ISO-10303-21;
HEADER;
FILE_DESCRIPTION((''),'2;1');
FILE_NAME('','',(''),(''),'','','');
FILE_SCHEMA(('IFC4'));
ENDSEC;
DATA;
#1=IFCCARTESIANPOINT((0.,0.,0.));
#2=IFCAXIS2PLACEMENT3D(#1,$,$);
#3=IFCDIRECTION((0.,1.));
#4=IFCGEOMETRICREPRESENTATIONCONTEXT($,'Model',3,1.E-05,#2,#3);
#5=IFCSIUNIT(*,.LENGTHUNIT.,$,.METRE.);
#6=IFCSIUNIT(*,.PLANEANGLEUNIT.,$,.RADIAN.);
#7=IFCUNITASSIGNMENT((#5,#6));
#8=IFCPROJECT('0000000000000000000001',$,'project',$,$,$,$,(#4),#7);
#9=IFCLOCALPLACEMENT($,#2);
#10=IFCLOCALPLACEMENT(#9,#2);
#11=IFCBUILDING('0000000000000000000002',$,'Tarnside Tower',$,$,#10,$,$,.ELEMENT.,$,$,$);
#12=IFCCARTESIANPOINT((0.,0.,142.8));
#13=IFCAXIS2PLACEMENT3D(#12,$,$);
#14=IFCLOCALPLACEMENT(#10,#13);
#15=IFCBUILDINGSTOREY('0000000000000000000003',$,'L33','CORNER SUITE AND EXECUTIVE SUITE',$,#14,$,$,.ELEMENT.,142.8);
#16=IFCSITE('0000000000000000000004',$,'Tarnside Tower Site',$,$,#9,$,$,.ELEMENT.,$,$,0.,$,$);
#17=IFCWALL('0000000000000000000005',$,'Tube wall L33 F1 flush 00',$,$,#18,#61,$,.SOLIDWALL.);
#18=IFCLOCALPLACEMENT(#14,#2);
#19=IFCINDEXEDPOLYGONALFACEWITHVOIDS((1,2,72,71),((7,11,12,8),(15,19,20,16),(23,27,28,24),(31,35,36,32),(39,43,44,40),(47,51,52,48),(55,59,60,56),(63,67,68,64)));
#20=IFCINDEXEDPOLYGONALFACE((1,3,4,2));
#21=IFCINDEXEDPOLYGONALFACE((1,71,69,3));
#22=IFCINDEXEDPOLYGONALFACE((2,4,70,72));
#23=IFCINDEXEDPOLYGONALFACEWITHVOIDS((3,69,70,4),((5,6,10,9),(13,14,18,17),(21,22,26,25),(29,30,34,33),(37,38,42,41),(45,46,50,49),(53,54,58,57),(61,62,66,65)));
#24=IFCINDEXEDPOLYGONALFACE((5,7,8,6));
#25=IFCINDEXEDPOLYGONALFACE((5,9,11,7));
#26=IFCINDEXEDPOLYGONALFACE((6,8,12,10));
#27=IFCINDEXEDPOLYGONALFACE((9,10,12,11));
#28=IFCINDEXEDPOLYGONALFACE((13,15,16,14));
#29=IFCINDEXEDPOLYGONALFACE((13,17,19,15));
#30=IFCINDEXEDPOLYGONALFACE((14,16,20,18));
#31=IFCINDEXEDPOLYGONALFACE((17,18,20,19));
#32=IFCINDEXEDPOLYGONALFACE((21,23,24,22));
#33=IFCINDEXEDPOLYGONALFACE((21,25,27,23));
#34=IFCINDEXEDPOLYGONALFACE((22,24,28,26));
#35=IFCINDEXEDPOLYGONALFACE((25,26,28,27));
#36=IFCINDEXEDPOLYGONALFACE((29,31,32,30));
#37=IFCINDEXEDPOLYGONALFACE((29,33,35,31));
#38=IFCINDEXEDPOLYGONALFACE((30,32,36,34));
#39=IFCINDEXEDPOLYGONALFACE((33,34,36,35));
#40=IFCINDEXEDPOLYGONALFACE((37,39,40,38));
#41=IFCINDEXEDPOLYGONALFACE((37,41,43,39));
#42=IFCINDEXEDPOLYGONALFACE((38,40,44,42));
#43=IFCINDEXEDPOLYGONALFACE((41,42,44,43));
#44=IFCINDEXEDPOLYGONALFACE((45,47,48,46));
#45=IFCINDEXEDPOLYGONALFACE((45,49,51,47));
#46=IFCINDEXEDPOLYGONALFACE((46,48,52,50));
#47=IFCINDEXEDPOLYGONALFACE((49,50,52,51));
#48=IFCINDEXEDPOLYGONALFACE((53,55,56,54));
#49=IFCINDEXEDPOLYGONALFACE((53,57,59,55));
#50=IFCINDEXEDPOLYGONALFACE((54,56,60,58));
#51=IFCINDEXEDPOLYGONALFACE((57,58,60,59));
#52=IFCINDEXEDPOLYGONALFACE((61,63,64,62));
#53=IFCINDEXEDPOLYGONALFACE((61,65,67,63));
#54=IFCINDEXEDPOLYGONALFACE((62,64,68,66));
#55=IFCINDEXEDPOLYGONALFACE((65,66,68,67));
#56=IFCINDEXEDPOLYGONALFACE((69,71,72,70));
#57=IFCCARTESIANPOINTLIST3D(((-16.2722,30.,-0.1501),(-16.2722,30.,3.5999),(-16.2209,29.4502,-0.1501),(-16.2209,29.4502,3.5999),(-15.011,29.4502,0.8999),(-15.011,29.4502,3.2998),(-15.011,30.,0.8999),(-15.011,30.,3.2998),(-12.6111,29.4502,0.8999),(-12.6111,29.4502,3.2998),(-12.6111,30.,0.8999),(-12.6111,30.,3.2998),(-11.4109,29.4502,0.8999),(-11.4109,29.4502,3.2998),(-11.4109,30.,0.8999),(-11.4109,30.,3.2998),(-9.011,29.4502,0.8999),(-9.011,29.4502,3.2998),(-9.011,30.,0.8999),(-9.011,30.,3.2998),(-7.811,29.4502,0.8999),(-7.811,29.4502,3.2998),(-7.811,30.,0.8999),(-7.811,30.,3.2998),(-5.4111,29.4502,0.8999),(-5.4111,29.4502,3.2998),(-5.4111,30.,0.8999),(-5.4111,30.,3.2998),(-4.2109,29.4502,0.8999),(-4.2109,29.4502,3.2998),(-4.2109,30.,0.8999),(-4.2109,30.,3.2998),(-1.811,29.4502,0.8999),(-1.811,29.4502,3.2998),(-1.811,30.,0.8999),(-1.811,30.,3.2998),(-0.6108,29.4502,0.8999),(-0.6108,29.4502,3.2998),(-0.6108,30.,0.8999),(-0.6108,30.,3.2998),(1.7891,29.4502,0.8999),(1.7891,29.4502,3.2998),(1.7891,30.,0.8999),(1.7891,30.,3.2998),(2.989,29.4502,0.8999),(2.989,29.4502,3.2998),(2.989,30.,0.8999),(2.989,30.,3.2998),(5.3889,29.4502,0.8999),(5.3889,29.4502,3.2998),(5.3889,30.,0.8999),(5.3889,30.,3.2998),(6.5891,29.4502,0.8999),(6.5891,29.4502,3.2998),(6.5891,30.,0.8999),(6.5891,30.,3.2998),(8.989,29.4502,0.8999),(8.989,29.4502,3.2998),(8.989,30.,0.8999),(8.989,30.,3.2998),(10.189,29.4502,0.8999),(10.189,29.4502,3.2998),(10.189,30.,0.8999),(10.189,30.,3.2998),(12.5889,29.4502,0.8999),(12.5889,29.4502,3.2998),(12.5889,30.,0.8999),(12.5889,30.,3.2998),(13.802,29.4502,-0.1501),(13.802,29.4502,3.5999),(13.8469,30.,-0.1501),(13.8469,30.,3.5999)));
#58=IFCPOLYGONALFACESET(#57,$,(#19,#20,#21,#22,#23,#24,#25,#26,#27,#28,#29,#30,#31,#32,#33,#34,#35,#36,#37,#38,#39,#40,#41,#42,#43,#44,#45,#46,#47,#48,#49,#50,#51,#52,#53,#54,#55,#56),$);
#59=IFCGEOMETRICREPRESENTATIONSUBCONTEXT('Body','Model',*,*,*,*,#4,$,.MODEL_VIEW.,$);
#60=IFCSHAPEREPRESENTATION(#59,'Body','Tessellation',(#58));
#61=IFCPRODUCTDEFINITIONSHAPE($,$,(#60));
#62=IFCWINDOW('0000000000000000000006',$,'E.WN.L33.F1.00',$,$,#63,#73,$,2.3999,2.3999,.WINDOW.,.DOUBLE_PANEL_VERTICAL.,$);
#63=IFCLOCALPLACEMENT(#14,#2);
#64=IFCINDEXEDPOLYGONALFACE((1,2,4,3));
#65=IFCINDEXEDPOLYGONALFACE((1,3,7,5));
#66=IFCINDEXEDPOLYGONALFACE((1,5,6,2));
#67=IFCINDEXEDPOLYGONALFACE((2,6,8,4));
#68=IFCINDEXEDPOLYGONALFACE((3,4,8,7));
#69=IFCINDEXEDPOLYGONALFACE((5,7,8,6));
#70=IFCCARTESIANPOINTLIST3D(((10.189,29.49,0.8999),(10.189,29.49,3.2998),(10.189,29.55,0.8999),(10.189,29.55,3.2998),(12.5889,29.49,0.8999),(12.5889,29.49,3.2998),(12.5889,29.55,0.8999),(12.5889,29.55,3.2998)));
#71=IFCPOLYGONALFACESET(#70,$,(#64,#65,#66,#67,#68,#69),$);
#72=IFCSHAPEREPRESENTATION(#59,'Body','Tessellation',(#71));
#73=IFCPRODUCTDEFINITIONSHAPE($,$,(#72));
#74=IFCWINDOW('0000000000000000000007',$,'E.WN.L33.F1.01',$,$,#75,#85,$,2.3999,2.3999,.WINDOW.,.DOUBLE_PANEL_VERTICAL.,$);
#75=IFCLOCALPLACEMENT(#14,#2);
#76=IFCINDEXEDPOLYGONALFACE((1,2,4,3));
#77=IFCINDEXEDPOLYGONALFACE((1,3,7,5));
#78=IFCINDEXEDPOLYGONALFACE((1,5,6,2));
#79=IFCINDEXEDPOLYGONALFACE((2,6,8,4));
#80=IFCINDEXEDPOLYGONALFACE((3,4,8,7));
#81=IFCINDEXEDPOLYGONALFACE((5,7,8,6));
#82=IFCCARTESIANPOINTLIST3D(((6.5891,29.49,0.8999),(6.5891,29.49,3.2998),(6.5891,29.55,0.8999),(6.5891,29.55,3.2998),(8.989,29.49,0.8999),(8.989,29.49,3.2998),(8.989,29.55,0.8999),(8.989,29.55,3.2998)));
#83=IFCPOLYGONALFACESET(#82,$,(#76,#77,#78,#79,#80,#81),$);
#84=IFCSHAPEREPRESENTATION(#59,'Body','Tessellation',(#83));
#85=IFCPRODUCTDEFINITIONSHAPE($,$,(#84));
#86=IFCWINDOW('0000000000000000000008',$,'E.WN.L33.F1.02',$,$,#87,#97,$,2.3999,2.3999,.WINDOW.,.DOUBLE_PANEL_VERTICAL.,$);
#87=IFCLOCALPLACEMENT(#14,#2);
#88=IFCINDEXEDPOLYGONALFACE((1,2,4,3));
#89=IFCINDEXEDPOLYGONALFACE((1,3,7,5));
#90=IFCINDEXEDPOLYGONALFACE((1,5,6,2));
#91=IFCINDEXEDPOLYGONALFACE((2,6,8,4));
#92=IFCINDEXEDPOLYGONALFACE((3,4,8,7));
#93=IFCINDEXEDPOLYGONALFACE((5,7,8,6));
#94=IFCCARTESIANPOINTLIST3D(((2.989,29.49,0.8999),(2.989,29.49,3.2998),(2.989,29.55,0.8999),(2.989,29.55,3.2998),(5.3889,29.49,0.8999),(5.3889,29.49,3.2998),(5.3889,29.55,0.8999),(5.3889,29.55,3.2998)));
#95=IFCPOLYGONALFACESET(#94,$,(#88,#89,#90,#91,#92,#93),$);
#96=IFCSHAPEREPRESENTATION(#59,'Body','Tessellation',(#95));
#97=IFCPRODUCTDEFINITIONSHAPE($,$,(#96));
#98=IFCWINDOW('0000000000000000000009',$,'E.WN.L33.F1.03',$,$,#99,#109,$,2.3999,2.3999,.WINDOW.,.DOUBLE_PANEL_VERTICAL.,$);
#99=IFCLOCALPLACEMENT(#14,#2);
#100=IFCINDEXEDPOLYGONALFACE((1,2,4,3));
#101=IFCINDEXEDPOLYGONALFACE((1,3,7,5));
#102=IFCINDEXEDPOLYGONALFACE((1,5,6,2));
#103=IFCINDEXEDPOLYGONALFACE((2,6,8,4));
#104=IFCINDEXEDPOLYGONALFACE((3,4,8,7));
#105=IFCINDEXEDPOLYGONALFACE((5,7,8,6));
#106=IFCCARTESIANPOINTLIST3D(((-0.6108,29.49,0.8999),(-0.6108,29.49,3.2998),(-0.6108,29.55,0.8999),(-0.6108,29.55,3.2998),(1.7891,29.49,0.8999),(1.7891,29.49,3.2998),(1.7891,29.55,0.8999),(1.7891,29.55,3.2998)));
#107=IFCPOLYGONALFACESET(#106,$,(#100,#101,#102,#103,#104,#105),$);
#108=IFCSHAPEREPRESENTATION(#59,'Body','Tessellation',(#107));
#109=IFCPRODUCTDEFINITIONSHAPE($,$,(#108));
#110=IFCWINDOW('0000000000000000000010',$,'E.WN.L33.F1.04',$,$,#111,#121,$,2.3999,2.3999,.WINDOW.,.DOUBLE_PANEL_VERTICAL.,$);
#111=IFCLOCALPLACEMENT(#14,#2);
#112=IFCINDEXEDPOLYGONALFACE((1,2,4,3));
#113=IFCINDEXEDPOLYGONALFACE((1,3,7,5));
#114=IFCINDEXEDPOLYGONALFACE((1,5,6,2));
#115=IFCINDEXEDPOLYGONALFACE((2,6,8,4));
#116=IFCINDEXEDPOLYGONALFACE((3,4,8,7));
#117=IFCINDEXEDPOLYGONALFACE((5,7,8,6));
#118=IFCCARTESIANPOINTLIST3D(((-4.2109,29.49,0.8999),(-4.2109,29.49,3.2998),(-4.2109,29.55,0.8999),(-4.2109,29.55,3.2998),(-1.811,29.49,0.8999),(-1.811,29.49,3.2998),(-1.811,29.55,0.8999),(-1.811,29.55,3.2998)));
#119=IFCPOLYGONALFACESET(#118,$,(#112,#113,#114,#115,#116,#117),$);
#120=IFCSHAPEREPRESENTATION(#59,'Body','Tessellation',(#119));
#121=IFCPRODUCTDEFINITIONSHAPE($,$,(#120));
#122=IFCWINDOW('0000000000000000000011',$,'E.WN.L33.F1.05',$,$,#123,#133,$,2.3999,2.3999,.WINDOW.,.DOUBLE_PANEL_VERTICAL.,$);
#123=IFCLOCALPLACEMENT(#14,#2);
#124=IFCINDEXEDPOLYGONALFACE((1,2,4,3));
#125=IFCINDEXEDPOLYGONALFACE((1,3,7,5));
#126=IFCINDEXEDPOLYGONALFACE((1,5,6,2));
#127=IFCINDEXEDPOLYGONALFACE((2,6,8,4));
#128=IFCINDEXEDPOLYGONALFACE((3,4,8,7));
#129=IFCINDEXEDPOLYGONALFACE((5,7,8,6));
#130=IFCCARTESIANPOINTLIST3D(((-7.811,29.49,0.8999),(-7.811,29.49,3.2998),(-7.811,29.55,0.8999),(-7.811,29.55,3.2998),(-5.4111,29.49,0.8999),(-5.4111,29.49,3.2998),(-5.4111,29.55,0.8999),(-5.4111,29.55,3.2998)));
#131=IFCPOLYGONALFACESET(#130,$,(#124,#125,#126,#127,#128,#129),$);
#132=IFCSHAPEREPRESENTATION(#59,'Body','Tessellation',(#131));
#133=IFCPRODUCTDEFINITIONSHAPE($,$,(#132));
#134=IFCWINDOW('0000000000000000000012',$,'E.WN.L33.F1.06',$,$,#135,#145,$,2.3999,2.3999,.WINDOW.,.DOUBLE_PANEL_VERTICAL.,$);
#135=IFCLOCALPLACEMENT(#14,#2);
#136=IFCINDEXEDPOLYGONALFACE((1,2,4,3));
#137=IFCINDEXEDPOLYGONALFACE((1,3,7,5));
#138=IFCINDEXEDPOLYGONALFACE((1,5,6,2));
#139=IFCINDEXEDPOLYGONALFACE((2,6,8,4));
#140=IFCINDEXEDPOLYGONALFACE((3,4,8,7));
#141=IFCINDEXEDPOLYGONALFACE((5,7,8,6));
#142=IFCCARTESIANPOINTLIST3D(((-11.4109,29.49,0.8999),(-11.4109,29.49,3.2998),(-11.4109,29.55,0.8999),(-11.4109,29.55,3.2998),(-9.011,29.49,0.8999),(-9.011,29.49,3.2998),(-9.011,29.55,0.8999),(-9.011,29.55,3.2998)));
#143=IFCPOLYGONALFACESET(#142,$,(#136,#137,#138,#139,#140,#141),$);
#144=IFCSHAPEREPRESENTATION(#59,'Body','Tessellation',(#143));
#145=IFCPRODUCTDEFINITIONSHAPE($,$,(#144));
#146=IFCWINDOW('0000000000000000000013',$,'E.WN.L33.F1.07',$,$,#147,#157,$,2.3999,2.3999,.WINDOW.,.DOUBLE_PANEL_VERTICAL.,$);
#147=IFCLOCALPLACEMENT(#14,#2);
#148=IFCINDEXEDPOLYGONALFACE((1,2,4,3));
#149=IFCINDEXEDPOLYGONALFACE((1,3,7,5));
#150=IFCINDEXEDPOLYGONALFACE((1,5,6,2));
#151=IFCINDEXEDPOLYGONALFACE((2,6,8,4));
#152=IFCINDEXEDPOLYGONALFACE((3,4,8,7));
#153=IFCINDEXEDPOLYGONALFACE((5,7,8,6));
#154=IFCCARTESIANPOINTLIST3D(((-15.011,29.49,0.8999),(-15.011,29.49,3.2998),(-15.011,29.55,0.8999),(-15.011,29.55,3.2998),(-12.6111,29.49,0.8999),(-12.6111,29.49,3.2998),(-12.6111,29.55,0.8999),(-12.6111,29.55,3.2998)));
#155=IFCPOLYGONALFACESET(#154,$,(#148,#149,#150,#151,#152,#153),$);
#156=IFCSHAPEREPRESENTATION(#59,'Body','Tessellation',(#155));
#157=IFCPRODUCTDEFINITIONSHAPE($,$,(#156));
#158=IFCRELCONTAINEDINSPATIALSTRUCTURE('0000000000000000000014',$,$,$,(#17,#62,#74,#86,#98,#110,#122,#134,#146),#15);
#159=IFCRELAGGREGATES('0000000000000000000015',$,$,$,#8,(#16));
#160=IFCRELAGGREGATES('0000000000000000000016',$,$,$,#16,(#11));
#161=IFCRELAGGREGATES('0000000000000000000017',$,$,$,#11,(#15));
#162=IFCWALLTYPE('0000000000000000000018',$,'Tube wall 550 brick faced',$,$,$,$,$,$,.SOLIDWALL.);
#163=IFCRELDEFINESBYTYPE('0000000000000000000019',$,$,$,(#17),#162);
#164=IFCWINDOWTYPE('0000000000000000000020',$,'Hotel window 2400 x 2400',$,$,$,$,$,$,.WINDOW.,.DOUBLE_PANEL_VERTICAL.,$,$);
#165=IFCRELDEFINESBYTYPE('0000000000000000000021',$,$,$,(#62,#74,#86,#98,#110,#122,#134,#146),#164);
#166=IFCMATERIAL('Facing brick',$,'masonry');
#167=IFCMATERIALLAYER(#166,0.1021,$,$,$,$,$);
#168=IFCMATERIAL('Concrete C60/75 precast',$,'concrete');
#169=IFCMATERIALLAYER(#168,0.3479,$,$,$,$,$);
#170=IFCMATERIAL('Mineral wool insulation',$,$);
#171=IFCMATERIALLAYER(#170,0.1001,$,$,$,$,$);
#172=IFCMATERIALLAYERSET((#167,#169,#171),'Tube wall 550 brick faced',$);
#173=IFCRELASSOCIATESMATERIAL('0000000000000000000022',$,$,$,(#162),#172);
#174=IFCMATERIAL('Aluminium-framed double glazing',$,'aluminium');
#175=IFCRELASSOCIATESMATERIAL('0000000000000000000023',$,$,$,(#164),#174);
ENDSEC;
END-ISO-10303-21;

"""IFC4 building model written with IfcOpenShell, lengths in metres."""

from ifc_helpers import new_model, si_unit, direction, frame, frame_2d, origin, place, context, subcontext, project, spatial, polyline, rectangle, outline, extrude, material, layer, layer_set, type_object, element, fill, save


model = new_model("IFC4")

# Units and contexts
model_context = context("Model", 3, precision=1e-05, world=origin(), true_north=direction((0.0, 1.0)))
body_context = subcontext(model_context, "Body", "Model", "MODEL_VIEW")
ifc_project = project(units=[si_unit("LENGTHUNIT", "METRE"), si_unit("PLANEANGLEUNIT", "RADIAN")], contexts=[model_context])

# Site, building, storey
site_placement = place(None, origin())
site = spatial("IfcSite", under=ifc_project, at=site_placement, Name="Tarnside Tower Site", CompositionType="ELEMENT", RefElevation=0.0)
building_placement = place(site_placement, origin())
building = spatial("IfcBuilding", under=site, at=building_placement, Name="Tarnside Tower", CompositionType="ELEMENT")
storey_placement = place(building_placement, frame((0.0, 0.0, 142.8)))
storey = spatial("IfcBuildingStorey", under=building, at=storey_placement, Name="L33", Description="CORNER SUITE AND EXECUTIVE SUITE", CompositionType="ELEMENT", Elevation=142.8)

# Wall, openings, windows
ifc_material_1 = material(Name="Facing brick", Category="masonry")
ifc_layer_1 = layer(ifc_material_1, 0.1021)
ifc_material_2 = material(Name="Concrete C60/75 precast", Category="concrete")
ifc_layer_2 = layer(ifc_material_2, 0.3479)
ifc_material_3 = material(Name="Mineral wool insulation")
ifc_layer_3 = layer(ifc_material_3, 0.1001)
ifc_layer_set_1 = layer_set([ifc_layer_1, ifc_layer_2, ifc_layer_3], Name="Tube wall 550 brick faced")
wall_type_1 = type_object("IfcWallType", Name="Tube wall 550 brick faced", PredefinedType="SOLIDWALL", material=ifc_layer_set_1)
wall_1_placement = place(storey_placement, frame((13.8245, 29.7251, -0.1501), z_axis=(0.0, 0.0, 1.0), x_axis=(-1.0, 0.0, 0.0)))
wall_1 = element("IfcWall", 1, at=wall_1_placement, inside=storey, type_object=wall_type_1, Name="Tube wall L33 F1 flush 00", PredefinedType="SOLIDWALL", context=body_context, shape_type="SweptSolid", body=[
    extrude(outline(polyline([(-0.0225, -0.2749), (30.0967, -0.2749), (30.0454, 0.2749), (0.0225, 0.2749), (-0.0225, -0.2749)])), origin(), (0.0, 0.0, 1.0), 3.75),
])
opening_1_placement = place(wall_1_placement, frame((1.2356, 0.0, 1.05)))
opening_1 = element("IfcOpeningElement", 2, at=opening_1_placement, cuts=wall_1, PredefinedType="OPENING", context=body_context, shape_type="SweptSolid", body=[
    extrude(rectangle(XDim=2.3999, YDim=2.3999, at=frame_2d((1.2, 1.2))), frame((0.0, 0.2852, 0.0), z_axis=(0.0, -1.0, 0.0), x_axis=(1.0, 0.0, 0.0)), (0.0, 0.0, 1.0), 0.5701),
])
opening_2_placement = place(wall_1_placement, frame((4.8354, 0.0, 1.05)))
opening_2 = element("IfcOpeningElement", 3, at=opening_2_placement, cuts=wall_1, PredefinedType="OPENING", context=body_context, shape_type="SweptSolid", body=[
    extrude(rectangle(XDim=2.3999, YDim=2.3999, at=frame_2d((1.2, 1.2))), frame((0.0, 0.2852, 0.0), z_axis=(0.0, -1.0, 0.0), x_axis=(1.0, 0.0, 0.0)), (0.0, 0.0, 1.0), 0.5701),
])
opening_3_placement = place(wall_1_placement, frame((8.4355, 0.0, 1.05)))
opening_3 = element("IfcOpeningElement", 4, at=opening_3_placement, cuts=wall_1, PredefinedType="OPENING", context=body_context, shape_type="SweptSolid", body=[
    extrude(rectangle(XDim=2.3999, YDim=2.3999, at=frame_2d((1.2, 1.2))), frame((0.0, 0.2852, 0.0), z_axis=(0.0, -1.0, 0.0), x_axis=(1.0, 0.0, 0.0)), (0.0, 0.0, 1.0), 0.5701),
])
opening_4_placement = place(wall_1_placement, frame((12.0354, 0.0, 1.05)))
opening_4 = element("IfcOpeningElement", 5, at=opening_4_placement, cuts=wall_1, PredefinedType="OPENING", context=body_context, shape_type="SweptSolid", body=[
    extrude(rectangle(XDim=2.3999, YDim=2.3999, at=frame_2d((1.2, 1.2))), frame((0.0, 0.2852, 0.0), z_axis=(0.0, -1.0, 0.0), x_axis=(1.0, 0.0, 0.0)), (0.0, 0.0, 1.0), 0.5701),
])
opening_5_placement = place(wall_1_placement, frame((15.6355, 0.0, 1.05)))
opening_5 = element("IfcOpeningElement", 6, at=opening_5_placement, cuts=wall_1, PredefinedType="OPENING", context=body_context, shape_type="SweptSolid", body=[
    extrude(rectangle(XDim=2.3999, YDim=2.3999, at=frame_2d((1.2, 1.2))), frame((0.0, 0.2852, 0.0), z_axis=(0.0, -1.0, 0.0), x_axis=(1.0, 0.0, 0.0)), (0.0, 0.0, 1.0), 0.5701),
])
opening_6_placement = place(wall_1_placement, frame((19.2356, 0.0, 1.05)))
opening_6 = element("IfcOpeningElement", 7, at=opening_6_placement, cuts=wall_1, PredefinedType="OPENING", context=body_context, shape_type="SweptSolid", body=[
    extrude(rectangle(XDim=2.3999, YDim=2.3999, at=frame_2d((1.2, 1.2))), frame((0.0, 0.2852, 0.0), z_axis=(0.0, -1.0, 0.0), x_axis=(1.0, 0.0, 0.0)), (0.0, 0.0, 1.0), 0.5701),
])
opening_7_placement = place(wall_1_placement, frame((22.8354, 0.0, 1.05)))
opening_7 = element("IfcOpeningElement", 8, at=opening_7_placement, cuts=wall_1, PredefinedType="OPENING", context=body_context, shape_type="SweptSolid", body=[
    extrude(rectangle(XDim=2.3999, YDim=2.3999, at=frame_2d((1.2, 1.2))), frame((0.0, 0.2852, 0.0), z_axis=(0.0, -1.0, 0.0), x_axis=(1.0, 0.0, 0.0)), (0.0, 0.0, 1.0), 0.5701),
])
opening_8_placement = place(wall_1_placement, frame((26.4355, 0.0, 1.05)))
opening_8 = element("IfcOpeningElement", 9, at=opening_8_placement, cuts=wall_1, PredefinedType="OPENING", context=body_context, shape_type="SweptSolid", body=[
    extrude(rectangle(XDim=2.3999, YDim=2.3999, at=frame_2d((1.2, 1.2))), frame((0.0, 0.2852, 0.0), z_axis=(0.0, -1.0, 0.0), x_axis=(1.0, 0.0, 0.0)), (0.0, 0.0, 1.0), 0.5701),
])
ifc_material_4 = material(Name="Aluminium-framed double glazing", Category="aluminium")
window_type = type_object("IfcWindowType", Name="Hotel window 2400 x 2400", PartitioningType="DOUBLE_PANEL_VERTICAL", PredefinedType="WINDOW", material=ifc_material_4)
window_1_placement = place(opening_1_placement, frame((0.0, 0.2051, 0.0)))
window_1 = element("IfcWindow", 10, at=window_1_placement, inside=storey, type_object=window_type, Name="E.WN.L33.F1.00", OverallHeight=2.3999, OverallWidth=2.3999, PartitioningType="DOUBLE_PANEL_VERTICAL", PredefinedType="WINDOW", context=body_context, shape_type="SweptSolid", body=[
    extrude(rectangle(XDim=2.3999, YDim=2.3999, at=frame_2d((1.2, 1.2))), frame((0.0, 0.03, 0.0), z_axis=(0.0, -1.0, 0.0), x_axis=(1.0, 0.0, 0.0)), (0.0, 0.0, 1.0), 0.0601),
])
fill(opening_1, window_1)
window_2_placement = place(opening_2_placement, frame((0.0, 0.2051, 0.0)))
window_2 = element("IfcWindow", 11, at=window_2_placement, inside=storey, type_object=window_type, Name="E.WN.L33.F1.01", OverallHeight=2.3999, OverallWidth=2.3999, PartitioningType="DOUBLE_PANEL_VERTICAL", PredefinedType="WINDOW", context=body_context, shape_type="SweptSolid", body=[
    extrude(rectangle(XDim=2.3999, YDim=2.3999, at=frame_2d((1.2, 1.2))), frame((0.0, 0.03, 0.0), z_axis=(0.0, -1.0, 0.0), x_axis=(1.0, 0.0, 0.0)), (0.0, 0.0, 1.0), 0.0601),
])
fill(opening_2, window_2)
window_3_placement = place(opening_3_placement, frame((0.0, 0.2051, 0.0)))
window_3 = element("IfcWindow", 12, at=window_3_placement, inside=storey, type_object=window_type, Name="E.WN.L33.F1.02", OverallHeight=2.3999, OverallWidth=2.3999, PartitioningType="DOUBLE_PANEL_VERTICAL", PredefinedType="WINDOW", context=body_context, shape_type="SweptSolid", body=[
    extrude(rectangle(XDim=2.3999, YDim=2.3999, at=frame_2d((1.2, 1.2))), frame((0.0, 0.03, 0.0), z_axis=(0.0, -1.0, 0.0), x_axis=(1.0, 0.0, 0.0)), (0.0, 0.0, 1.0), 0.0601),
])
fill(opening_3, window_3)
window_4_placement = place(opening_4_placement, frame((0.0, 0.2051, 0.0)))
window_4 = element("IfcWindow", 13, at=window_4_placement, inside=storey, type_object=window_type, Name="E.WN.L33.F1.03", OverallHeight=2.3999, OverallWidth=2.3999, PartitioningType="DOUBLE_PANEL_VERTICAL", PredefinedType="WINDOW", context=body_context, shape_type="SweptSolid", body=[
    extrude(rectangle(XDim=2.3999, YDim=2.3999, at=frame_2d((1.2, 1.2))), frame((0.0, 0.03, 0.0), z_axis=(0.0, -1.0, 0.0), x_axis=(1.0, 0.0, 0.0)), (0.0, 0.0, 1.0), 0.0601),
])
fill(opening_4, window_4)
window_5_placement = place(opening_5_placement, frame((0.0, 0.2051, 0.0)))
window_5 = element("IfcWindow", 14, at=window_5_placement, inside=storey, type_object=window_type, Name="E.WN.L33.F1.04", OverallHeight=2.3999, OverallWidth=2.3999, PartitioningType="DOUBLE_PANEL_VERTICAL", PredefinedType="WINDOW", context=body_context, shape_type="SweptSolid", body=[
    extrude(rectangle(XDim=2.3999, YDim=2.3999, at=frame_2d((1.2, 1.2))), frame((0.0, 0.03, 0.0), z_axis=(0.0, -1.0, 0.0), x_axis=(1.0, 0.0, 0.0)), (0.0, 0.0, 1.0), 0.0601),
])
fill(opening_5, window_5)
window_6_placement = place(opening_6_placement, frame((0.0, 0.2051, 0.0)))
window_6 = element("IfcWindow", 15, at=window_6_placement, inside=storey, type_object=window_type, Name="E.WN.L33.F1.05", OverallHeight=2.3999, OverallWidth=2.3999, PartitioningType="DOUBLE_PANEL_VERTICAL", PredefinedType="WINDOW", context=body_context, shape_type="SweptSolid", body=[
    extrude(rectangle(XDim=2.3999, YDim=2.3999, at=frame_2d((1.2, 1.2))), frame((0.0, 0.03, 0.0), z_axis=(0.0, -1.0, 0.0), x_axis=(1.0, 0.0, 0.0)), (0.0, 0.0, 1.0), 0.0601),
])
fill(opening_6, window_6)
window_7_placement = place(opening_7_placement, frame((0.0, 0.2051, 0.0)))
window_7 = element("IfcWindow", 16, at=window_7_placement, inside=storey, type_object=window_type, Name="E.WN.L33.F1.06", OverallHeight=2.3999, OverallWidth=2.3999, PartitioningType="DOUBLE_PANEL_VERTICAL", PredefinedType="WINDOW", context=body_context, shape_type="SweptSolid", body=[
    extrude(rectangle(XDim=2.3999, YDim=2.3999, at=frame_2d((1.2, 1.2))), frame((0.0, 0.03, 0.0), z_axis=(0.0, -1.0, 0.0), x_axis=(1.0, 0.0, 0.0)), (0.0, 0.0, 1.0), 0.0601),
])
fill(opening_7, window_7)
window_8_placement = place(opening_8_placement, frame((0.0, 0.2051, 0.0)))
window_8 = element("IfcWindow", 17, at=window_8_placement, inside=storey, type_object=window_type, Name="E.WN.L33.F1.07", OverallHeight=2.3999, OverallWidth=2.3999, PartitioningType="DOUBLE_PANEL_VERTICAL", PredefinedType="WINDOW", context=body_context, shape_type="SweptSolid", body=[
    extrude(rectangle(XDim=2.3999, YDim=2.3999, at=frame_2d((1.2, 1.2))), frame((0.0, 0.03, 0.0), z_axis=(0.0, -1.0, 0.0), x_axis=(1.0, 0.0, 0.0)), (0.0, 0.0, 1.0), 0.0601),
])
fill(opening_8, window_8)

save(model, "model.ifc")
